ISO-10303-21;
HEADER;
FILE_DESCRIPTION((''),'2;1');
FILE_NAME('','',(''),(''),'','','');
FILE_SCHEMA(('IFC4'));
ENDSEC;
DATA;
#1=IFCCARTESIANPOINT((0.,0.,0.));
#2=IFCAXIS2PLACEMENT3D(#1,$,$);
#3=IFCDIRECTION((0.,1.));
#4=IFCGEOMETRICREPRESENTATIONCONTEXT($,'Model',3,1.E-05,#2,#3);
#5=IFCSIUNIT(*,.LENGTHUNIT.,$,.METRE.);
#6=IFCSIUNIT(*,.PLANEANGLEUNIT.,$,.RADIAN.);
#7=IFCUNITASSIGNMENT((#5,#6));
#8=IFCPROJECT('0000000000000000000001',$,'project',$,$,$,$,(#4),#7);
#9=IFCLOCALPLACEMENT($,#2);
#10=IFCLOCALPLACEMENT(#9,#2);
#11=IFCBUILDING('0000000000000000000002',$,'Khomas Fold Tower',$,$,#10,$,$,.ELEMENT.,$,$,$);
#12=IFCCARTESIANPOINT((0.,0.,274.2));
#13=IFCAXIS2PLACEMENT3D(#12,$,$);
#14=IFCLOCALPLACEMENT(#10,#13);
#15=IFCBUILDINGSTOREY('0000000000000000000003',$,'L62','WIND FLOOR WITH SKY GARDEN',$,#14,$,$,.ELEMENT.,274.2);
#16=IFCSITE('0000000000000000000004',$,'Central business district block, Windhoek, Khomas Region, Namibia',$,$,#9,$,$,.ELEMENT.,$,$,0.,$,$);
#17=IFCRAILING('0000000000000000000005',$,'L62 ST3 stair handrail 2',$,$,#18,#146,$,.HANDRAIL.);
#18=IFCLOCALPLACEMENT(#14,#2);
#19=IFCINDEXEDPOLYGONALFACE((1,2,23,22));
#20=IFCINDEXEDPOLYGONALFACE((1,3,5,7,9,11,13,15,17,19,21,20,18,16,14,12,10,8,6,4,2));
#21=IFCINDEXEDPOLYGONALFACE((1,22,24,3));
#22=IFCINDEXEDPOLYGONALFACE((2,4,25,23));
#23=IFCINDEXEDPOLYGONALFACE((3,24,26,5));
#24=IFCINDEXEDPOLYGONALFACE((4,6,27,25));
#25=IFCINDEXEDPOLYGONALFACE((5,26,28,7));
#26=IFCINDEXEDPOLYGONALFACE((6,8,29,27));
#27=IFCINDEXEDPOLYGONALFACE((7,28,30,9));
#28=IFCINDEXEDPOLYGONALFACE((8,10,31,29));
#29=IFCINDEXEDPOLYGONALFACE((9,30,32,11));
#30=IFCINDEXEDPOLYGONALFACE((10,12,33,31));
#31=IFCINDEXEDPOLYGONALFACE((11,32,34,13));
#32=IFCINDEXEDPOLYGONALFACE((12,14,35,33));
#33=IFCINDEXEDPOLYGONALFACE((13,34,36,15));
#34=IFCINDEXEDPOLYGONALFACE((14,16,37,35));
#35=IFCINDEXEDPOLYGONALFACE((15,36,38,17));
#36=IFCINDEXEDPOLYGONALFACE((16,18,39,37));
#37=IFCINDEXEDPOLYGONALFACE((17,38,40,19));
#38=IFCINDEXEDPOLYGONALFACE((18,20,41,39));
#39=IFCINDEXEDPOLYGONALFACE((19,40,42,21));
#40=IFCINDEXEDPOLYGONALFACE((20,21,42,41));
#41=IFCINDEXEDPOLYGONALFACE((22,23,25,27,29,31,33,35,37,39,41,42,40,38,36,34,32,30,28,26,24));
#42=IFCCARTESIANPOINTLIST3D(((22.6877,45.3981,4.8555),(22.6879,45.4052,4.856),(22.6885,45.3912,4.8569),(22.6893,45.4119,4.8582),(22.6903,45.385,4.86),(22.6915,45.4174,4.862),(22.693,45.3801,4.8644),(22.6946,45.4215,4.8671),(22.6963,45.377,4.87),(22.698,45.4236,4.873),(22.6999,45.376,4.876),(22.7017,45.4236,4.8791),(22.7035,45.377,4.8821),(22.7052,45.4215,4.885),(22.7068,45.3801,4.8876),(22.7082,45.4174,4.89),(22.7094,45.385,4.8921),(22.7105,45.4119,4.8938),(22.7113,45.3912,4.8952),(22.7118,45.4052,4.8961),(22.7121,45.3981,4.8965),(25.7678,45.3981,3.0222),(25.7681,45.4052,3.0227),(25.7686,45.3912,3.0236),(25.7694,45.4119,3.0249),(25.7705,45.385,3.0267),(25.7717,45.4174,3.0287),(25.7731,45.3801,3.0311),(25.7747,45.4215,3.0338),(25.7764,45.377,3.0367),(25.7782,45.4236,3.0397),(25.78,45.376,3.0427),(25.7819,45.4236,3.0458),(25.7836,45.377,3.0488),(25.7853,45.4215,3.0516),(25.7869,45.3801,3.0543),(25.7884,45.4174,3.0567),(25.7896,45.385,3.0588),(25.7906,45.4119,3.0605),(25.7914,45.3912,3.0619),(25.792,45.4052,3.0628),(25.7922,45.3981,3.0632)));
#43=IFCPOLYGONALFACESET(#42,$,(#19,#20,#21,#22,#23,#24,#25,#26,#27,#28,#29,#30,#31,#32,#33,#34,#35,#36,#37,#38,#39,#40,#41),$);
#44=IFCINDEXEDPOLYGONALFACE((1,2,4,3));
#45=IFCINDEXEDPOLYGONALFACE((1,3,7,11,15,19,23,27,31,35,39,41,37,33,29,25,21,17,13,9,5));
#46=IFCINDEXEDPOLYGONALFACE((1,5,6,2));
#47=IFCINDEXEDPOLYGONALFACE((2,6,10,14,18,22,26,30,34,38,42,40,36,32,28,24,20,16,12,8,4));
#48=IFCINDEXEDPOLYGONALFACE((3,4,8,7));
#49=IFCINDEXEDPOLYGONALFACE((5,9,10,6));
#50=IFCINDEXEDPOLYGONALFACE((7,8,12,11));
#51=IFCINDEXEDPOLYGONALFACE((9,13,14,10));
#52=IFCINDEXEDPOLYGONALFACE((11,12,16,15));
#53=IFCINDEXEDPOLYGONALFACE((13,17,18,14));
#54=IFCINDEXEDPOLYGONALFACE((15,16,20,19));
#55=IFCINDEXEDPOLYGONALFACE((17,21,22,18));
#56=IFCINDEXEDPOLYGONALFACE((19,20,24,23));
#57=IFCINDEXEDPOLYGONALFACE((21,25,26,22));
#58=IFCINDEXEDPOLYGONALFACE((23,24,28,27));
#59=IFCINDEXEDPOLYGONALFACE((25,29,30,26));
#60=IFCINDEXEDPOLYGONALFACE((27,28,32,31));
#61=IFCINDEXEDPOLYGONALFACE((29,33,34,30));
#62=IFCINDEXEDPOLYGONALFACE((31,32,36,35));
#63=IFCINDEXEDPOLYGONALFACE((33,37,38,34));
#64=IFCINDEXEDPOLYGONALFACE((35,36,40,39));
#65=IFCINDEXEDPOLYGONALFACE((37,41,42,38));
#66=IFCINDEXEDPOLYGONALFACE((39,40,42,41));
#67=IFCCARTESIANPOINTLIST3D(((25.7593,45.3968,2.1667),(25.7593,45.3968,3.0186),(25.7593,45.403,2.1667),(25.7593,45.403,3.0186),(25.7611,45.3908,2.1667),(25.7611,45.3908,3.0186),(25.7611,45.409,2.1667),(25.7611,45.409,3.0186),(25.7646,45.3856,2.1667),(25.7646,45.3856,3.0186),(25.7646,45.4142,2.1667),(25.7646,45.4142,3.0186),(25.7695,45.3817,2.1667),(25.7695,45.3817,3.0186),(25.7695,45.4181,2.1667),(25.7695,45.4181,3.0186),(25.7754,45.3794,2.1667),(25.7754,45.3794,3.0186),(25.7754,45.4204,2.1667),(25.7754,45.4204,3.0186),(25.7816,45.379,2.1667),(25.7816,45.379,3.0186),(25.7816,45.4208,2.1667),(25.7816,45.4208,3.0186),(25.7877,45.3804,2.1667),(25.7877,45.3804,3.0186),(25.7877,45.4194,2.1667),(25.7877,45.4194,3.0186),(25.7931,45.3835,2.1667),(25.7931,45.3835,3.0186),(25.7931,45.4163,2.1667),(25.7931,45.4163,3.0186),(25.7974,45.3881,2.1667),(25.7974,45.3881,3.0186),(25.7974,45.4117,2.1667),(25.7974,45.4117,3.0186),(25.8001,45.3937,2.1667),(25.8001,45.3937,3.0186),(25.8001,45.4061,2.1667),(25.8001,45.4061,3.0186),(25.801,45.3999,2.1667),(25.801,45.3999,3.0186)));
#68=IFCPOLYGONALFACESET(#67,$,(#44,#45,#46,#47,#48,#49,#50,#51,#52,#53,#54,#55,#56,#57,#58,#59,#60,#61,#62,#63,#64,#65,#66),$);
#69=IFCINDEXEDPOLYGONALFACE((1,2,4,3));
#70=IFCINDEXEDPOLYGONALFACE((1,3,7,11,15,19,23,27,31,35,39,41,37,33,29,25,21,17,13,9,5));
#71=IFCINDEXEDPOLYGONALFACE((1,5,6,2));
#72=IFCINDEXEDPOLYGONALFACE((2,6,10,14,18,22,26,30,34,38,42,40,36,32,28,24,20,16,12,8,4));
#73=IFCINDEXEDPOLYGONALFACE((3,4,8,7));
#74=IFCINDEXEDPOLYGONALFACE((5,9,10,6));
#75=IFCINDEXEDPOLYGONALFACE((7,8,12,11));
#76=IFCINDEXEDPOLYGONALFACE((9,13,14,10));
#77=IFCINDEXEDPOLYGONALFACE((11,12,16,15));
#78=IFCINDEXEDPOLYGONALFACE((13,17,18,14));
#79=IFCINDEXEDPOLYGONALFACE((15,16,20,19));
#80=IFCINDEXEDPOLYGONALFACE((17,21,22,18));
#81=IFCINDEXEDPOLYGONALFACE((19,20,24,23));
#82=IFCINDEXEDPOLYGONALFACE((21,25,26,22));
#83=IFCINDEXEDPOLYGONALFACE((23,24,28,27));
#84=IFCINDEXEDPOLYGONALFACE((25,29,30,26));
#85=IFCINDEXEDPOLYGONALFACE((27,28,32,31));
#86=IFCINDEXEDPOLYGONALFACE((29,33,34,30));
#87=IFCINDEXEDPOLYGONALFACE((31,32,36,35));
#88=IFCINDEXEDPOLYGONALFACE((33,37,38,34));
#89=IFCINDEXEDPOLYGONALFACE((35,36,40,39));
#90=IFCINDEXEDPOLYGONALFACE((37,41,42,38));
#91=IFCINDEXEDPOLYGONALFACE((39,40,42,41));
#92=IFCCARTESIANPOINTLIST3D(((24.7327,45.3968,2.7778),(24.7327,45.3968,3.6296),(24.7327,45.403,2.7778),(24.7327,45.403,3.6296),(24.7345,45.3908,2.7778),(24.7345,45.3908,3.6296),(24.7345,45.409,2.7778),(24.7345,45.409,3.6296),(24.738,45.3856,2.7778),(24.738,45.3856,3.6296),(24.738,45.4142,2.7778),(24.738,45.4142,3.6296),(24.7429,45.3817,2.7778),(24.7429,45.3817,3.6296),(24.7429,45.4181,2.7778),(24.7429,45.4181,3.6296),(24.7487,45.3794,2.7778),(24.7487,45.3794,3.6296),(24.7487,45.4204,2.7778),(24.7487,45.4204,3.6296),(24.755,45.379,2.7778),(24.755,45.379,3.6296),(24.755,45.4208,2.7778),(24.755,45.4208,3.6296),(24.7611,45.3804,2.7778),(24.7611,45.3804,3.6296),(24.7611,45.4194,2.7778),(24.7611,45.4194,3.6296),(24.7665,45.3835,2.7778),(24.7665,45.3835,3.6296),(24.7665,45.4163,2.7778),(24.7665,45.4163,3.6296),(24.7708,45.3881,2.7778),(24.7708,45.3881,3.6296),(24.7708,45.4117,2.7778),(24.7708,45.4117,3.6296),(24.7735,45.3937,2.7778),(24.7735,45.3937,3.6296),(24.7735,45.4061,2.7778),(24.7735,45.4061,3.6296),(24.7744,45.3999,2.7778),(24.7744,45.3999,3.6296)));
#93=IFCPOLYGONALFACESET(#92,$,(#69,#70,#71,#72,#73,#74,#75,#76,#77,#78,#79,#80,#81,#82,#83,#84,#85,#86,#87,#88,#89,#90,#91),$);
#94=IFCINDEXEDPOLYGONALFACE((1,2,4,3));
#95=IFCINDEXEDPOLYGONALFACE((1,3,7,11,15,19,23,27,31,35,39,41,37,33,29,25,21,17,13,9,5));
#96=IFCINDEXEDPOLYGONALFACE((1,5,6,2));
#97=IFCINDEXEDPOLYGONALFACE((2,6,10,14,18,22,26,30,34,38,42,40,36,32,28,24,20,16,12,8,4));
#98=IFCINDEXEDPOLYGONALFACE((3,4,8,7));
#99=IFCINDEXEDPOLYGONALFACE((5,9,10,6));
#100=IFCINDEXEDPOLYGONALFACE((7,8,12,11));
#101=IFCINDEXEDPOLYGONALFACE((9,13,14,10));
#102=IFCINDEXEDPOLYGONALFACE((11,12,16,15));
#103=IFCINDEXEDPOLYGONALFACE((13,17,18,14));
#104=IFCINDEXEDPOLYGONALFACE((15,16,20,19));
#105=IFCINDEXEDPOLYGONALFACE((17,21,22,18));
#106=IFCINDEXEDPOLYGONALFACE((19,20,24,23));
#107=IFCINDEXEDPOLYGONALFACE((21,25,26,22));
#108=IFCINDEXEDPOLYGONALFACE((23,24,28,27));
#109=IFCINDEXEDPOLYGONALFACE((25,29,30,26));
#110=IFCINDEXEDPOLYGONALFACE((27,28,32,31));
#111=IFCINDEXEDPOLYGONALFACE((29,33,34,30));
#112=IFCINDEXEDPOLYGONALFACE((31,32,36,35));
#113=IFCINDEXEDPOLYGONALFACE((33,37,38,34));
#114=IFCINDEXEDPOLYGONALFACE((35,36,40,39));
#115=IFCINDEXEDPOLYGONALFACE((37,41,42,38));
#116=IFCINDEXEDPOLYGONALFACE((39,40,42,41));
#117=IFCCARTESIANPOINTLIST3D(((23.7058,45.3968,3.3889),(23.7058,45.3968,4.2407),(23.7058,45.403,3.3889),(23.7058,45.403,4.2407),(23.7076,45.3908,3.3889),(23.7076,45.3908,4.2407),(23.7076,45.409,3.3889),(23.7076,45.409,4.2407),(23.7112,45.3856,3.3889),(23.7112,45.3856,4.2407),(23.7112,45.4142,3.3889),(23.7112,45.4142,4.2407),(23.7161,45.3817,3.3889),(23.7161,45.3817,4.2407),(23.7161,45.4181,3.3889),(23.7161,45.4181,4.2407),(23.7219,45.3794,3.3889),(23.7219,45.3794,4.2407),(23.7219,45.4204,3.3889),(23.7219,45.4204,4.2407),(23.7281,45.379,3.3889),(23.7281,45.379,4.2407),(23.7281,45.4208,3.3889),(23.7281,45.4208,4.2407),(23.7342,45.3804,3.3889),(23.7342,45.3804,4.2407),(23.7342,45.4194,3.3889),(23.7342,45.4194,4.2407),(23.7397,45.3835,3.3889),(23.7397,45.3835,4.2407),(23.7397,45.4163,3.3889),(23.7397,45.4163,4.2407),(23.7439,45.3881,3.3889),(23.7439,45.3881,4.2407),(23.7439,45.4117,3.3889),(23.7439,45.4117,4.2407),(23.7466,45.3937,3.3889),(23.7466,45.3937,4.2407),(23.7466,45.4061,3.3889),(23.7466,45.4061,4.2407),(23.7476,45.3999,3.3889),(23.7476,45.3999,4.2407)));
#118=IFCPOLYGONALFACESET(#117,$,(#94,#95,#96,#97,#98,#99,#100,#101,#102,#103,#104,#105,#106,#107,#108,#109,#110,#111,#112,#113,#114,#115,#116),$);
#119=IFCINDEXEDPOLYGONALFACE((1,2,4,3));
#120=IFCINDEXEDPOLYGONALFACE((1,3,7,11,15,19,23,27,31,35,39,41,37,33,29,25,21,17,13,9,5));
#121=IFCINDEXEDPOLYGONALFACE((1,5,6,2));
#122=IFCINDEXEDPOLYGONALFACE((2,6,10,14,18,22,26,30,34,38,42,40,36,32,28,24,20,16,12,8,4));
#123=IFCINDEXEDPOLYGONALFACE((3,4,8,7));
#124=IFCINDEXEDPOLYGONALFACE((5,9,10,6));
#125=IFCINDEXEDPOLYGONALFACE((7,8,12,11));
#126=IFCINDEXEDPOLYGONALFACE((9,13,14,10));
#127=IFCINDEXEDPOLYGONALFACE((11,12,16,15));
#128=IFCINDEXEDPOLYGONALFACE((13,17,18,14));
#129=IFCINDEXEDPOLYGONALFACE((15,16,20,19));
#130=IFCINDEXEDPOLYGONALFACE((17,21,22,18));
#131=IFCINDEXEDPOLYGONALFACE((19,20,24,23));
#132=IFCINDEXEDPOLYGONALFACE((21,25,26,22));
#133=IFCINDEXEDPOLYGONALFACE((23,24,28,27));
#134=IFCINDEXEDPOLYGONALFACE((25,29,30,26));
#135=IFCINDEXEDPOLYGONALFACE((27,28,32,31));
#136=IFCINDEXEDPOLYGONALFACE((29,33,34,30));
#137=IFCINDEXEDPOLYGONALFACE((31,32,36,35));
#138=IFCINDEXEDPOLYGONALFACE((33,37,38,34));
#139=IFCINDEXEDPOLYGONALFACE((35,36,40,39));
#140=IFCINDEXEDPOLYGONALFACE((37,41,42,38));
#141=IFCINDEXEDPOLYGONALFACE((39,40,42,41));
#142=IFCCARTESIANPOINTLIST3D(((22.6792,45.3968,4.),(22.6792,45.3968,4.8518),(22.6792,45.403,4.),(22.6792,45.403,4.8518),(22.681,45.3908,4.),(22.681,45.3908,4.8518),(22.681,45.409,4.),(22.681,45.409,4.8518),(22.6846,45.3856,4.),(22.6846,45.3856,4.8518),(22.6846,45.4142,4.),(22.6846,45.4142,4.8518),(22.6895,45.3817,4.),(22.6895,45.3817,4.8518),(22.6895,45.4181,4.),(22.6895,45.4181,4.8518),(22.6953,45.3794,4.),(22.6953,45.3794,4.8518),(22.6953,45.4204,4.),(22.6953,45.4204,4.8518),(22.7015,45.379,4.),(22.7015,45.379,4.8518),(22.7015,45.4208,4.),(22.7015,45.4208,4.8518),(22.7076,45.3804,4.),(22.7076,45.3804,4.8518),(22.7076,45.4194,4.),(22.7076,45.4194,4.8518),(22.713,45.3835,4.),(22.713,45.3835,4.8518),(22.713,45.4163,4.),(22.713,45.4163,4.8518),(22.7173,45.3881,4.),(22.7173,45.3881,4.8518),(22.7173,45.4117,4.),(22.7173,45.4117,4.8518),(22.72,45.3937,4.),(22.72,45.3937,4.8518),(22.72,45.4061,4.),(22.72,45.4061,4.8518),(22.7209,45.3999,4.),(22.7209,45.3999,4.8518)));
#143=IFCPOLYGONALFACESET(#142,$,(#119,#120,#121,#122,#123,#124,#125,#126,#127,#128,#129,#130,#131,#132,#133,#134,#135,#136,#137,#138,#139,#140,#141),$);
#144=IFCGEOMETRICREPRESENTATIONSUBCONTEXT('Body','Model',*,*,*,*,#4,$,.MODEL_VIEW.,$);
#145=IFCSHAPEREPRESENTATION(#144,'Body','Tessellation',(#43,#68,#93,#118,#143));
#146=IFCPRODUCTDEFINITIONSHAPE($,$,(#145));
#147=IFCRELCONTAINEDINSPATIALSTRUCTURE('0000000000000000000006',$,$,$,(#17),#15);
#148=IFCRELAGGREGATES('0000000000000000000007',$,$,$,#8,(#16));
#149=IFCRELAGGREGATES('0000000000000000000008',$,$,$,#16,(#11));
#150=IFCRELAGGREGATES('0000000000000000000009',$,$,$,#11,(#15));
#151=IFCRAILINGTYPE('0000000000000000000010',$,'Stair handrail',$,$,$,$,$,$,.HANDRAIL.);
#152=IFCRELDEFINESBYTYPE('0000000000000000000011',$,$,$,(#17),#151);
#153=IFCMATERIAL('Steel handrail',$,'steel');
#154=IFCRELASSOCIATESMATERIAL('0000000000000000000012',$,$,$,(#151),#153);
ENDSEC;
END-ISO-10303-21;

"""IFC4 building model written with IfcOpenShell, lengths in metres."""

from ifc_helpers import new_model, si_unit, direction, frame, origin, origin_2d, place, context, subcontext, project, spatial, circle, extrude, source, transform, mapped, material, type_object, element, save


model = new_model("IFC4")

# Units and contexts
model_context = context("Model", 3, precision=1e-05, world=origin(), true_north=direction((0.0, 1.0)))
body_context = subcontext(model_context, "Body", "Model", "MODEL_VIEW")
ifc_project = project(units=[si_unit("LENGTHUNIT", "METRE"), si_unit("PLANEANGLEUNIT", "RADIAN")], contexts=[model_context])

# Site, building, storey
site_placement = place(None, origin())
site = spatial("IfcSite", under=ifc_project, at=site_placement, Name="Central business district block, Windhoek, Khomas Region, Namibia", CompositionType="ELEMENT", RefElevation=0.0)
building_placement = place(site_placement, origin())
building = spatial("IfcBuilding", under=site, at=building_placement, Name="Khomas Fold Tower", CompositionType="ELEMENT")
storey_placement = place(building_placement, frame((0.0, 0.0, 274.2)))
storey = spatial("IfcBuildingStorey", under=building, at=storey_placement, Name="L62", Description="WIND FLOOR WITH SKY GARDEN", CompositionType="ELEMENT", Elevation=274.2)

# Railing
ifc_material_1 = material(Name="Steel handrail", Category="steel")
railing_type_1 = type_object("IfcRailingType", Name="Stair handrail", PredefinedType="HANDRAIL", material=ifc_material_1)
shared_shape_1 = source(origin(), body_context, "Body", "SweptSolid", [
    extrude(circle(Radius=0.0239, at=origin_2d()), frame((0.0, 0.0, 0.876), z_axis=(-0.859309, 0.0, 0.511458), x_axis=(0.0, -1.0, 0.0)), (0.0, 0.0, 1.0), 3.5845),
    extrude(circle(Radius=0.021, at=origin_2d()), origin(), (0.0, 0.0, 1.0), 0.8518),
    extrude(circle(Radius=0.021, at=origin_2d()), frame((-1.0266, 0.0, 0.6111)), (0.0, 0.0, 1.0), 0.8518),
    extrude(circle(Radius=0.021, at=origin_2d()), frame((-2.0535, 0.0, 1.2222)), (0.0, 0.0, 1.0), 0.8518),
    extrude(circle(Radius=0.021, at=origin_2d()), frame((-3.0801, 0.0, 1.8333)), (0.0, 0.0, 1.0), 0.8518),
])
for number, where, name in (
    (1, (25.78, 45.3999, 2.1667), "L62 ST3 stair handrail 2"),
):
    element("IfcRailing", number, at=place(storey_placement, frame(where)), inside=storey, type_object=railing_type_1, Name=name, PredefinedType="HANDRAIL", context=body_context, shape_type="MappedRepresentation", body=[
        mapped(shared_shape_1, transform((0.0, 0.0, 0.0))),
    ])

save(model, "model.ifc")
